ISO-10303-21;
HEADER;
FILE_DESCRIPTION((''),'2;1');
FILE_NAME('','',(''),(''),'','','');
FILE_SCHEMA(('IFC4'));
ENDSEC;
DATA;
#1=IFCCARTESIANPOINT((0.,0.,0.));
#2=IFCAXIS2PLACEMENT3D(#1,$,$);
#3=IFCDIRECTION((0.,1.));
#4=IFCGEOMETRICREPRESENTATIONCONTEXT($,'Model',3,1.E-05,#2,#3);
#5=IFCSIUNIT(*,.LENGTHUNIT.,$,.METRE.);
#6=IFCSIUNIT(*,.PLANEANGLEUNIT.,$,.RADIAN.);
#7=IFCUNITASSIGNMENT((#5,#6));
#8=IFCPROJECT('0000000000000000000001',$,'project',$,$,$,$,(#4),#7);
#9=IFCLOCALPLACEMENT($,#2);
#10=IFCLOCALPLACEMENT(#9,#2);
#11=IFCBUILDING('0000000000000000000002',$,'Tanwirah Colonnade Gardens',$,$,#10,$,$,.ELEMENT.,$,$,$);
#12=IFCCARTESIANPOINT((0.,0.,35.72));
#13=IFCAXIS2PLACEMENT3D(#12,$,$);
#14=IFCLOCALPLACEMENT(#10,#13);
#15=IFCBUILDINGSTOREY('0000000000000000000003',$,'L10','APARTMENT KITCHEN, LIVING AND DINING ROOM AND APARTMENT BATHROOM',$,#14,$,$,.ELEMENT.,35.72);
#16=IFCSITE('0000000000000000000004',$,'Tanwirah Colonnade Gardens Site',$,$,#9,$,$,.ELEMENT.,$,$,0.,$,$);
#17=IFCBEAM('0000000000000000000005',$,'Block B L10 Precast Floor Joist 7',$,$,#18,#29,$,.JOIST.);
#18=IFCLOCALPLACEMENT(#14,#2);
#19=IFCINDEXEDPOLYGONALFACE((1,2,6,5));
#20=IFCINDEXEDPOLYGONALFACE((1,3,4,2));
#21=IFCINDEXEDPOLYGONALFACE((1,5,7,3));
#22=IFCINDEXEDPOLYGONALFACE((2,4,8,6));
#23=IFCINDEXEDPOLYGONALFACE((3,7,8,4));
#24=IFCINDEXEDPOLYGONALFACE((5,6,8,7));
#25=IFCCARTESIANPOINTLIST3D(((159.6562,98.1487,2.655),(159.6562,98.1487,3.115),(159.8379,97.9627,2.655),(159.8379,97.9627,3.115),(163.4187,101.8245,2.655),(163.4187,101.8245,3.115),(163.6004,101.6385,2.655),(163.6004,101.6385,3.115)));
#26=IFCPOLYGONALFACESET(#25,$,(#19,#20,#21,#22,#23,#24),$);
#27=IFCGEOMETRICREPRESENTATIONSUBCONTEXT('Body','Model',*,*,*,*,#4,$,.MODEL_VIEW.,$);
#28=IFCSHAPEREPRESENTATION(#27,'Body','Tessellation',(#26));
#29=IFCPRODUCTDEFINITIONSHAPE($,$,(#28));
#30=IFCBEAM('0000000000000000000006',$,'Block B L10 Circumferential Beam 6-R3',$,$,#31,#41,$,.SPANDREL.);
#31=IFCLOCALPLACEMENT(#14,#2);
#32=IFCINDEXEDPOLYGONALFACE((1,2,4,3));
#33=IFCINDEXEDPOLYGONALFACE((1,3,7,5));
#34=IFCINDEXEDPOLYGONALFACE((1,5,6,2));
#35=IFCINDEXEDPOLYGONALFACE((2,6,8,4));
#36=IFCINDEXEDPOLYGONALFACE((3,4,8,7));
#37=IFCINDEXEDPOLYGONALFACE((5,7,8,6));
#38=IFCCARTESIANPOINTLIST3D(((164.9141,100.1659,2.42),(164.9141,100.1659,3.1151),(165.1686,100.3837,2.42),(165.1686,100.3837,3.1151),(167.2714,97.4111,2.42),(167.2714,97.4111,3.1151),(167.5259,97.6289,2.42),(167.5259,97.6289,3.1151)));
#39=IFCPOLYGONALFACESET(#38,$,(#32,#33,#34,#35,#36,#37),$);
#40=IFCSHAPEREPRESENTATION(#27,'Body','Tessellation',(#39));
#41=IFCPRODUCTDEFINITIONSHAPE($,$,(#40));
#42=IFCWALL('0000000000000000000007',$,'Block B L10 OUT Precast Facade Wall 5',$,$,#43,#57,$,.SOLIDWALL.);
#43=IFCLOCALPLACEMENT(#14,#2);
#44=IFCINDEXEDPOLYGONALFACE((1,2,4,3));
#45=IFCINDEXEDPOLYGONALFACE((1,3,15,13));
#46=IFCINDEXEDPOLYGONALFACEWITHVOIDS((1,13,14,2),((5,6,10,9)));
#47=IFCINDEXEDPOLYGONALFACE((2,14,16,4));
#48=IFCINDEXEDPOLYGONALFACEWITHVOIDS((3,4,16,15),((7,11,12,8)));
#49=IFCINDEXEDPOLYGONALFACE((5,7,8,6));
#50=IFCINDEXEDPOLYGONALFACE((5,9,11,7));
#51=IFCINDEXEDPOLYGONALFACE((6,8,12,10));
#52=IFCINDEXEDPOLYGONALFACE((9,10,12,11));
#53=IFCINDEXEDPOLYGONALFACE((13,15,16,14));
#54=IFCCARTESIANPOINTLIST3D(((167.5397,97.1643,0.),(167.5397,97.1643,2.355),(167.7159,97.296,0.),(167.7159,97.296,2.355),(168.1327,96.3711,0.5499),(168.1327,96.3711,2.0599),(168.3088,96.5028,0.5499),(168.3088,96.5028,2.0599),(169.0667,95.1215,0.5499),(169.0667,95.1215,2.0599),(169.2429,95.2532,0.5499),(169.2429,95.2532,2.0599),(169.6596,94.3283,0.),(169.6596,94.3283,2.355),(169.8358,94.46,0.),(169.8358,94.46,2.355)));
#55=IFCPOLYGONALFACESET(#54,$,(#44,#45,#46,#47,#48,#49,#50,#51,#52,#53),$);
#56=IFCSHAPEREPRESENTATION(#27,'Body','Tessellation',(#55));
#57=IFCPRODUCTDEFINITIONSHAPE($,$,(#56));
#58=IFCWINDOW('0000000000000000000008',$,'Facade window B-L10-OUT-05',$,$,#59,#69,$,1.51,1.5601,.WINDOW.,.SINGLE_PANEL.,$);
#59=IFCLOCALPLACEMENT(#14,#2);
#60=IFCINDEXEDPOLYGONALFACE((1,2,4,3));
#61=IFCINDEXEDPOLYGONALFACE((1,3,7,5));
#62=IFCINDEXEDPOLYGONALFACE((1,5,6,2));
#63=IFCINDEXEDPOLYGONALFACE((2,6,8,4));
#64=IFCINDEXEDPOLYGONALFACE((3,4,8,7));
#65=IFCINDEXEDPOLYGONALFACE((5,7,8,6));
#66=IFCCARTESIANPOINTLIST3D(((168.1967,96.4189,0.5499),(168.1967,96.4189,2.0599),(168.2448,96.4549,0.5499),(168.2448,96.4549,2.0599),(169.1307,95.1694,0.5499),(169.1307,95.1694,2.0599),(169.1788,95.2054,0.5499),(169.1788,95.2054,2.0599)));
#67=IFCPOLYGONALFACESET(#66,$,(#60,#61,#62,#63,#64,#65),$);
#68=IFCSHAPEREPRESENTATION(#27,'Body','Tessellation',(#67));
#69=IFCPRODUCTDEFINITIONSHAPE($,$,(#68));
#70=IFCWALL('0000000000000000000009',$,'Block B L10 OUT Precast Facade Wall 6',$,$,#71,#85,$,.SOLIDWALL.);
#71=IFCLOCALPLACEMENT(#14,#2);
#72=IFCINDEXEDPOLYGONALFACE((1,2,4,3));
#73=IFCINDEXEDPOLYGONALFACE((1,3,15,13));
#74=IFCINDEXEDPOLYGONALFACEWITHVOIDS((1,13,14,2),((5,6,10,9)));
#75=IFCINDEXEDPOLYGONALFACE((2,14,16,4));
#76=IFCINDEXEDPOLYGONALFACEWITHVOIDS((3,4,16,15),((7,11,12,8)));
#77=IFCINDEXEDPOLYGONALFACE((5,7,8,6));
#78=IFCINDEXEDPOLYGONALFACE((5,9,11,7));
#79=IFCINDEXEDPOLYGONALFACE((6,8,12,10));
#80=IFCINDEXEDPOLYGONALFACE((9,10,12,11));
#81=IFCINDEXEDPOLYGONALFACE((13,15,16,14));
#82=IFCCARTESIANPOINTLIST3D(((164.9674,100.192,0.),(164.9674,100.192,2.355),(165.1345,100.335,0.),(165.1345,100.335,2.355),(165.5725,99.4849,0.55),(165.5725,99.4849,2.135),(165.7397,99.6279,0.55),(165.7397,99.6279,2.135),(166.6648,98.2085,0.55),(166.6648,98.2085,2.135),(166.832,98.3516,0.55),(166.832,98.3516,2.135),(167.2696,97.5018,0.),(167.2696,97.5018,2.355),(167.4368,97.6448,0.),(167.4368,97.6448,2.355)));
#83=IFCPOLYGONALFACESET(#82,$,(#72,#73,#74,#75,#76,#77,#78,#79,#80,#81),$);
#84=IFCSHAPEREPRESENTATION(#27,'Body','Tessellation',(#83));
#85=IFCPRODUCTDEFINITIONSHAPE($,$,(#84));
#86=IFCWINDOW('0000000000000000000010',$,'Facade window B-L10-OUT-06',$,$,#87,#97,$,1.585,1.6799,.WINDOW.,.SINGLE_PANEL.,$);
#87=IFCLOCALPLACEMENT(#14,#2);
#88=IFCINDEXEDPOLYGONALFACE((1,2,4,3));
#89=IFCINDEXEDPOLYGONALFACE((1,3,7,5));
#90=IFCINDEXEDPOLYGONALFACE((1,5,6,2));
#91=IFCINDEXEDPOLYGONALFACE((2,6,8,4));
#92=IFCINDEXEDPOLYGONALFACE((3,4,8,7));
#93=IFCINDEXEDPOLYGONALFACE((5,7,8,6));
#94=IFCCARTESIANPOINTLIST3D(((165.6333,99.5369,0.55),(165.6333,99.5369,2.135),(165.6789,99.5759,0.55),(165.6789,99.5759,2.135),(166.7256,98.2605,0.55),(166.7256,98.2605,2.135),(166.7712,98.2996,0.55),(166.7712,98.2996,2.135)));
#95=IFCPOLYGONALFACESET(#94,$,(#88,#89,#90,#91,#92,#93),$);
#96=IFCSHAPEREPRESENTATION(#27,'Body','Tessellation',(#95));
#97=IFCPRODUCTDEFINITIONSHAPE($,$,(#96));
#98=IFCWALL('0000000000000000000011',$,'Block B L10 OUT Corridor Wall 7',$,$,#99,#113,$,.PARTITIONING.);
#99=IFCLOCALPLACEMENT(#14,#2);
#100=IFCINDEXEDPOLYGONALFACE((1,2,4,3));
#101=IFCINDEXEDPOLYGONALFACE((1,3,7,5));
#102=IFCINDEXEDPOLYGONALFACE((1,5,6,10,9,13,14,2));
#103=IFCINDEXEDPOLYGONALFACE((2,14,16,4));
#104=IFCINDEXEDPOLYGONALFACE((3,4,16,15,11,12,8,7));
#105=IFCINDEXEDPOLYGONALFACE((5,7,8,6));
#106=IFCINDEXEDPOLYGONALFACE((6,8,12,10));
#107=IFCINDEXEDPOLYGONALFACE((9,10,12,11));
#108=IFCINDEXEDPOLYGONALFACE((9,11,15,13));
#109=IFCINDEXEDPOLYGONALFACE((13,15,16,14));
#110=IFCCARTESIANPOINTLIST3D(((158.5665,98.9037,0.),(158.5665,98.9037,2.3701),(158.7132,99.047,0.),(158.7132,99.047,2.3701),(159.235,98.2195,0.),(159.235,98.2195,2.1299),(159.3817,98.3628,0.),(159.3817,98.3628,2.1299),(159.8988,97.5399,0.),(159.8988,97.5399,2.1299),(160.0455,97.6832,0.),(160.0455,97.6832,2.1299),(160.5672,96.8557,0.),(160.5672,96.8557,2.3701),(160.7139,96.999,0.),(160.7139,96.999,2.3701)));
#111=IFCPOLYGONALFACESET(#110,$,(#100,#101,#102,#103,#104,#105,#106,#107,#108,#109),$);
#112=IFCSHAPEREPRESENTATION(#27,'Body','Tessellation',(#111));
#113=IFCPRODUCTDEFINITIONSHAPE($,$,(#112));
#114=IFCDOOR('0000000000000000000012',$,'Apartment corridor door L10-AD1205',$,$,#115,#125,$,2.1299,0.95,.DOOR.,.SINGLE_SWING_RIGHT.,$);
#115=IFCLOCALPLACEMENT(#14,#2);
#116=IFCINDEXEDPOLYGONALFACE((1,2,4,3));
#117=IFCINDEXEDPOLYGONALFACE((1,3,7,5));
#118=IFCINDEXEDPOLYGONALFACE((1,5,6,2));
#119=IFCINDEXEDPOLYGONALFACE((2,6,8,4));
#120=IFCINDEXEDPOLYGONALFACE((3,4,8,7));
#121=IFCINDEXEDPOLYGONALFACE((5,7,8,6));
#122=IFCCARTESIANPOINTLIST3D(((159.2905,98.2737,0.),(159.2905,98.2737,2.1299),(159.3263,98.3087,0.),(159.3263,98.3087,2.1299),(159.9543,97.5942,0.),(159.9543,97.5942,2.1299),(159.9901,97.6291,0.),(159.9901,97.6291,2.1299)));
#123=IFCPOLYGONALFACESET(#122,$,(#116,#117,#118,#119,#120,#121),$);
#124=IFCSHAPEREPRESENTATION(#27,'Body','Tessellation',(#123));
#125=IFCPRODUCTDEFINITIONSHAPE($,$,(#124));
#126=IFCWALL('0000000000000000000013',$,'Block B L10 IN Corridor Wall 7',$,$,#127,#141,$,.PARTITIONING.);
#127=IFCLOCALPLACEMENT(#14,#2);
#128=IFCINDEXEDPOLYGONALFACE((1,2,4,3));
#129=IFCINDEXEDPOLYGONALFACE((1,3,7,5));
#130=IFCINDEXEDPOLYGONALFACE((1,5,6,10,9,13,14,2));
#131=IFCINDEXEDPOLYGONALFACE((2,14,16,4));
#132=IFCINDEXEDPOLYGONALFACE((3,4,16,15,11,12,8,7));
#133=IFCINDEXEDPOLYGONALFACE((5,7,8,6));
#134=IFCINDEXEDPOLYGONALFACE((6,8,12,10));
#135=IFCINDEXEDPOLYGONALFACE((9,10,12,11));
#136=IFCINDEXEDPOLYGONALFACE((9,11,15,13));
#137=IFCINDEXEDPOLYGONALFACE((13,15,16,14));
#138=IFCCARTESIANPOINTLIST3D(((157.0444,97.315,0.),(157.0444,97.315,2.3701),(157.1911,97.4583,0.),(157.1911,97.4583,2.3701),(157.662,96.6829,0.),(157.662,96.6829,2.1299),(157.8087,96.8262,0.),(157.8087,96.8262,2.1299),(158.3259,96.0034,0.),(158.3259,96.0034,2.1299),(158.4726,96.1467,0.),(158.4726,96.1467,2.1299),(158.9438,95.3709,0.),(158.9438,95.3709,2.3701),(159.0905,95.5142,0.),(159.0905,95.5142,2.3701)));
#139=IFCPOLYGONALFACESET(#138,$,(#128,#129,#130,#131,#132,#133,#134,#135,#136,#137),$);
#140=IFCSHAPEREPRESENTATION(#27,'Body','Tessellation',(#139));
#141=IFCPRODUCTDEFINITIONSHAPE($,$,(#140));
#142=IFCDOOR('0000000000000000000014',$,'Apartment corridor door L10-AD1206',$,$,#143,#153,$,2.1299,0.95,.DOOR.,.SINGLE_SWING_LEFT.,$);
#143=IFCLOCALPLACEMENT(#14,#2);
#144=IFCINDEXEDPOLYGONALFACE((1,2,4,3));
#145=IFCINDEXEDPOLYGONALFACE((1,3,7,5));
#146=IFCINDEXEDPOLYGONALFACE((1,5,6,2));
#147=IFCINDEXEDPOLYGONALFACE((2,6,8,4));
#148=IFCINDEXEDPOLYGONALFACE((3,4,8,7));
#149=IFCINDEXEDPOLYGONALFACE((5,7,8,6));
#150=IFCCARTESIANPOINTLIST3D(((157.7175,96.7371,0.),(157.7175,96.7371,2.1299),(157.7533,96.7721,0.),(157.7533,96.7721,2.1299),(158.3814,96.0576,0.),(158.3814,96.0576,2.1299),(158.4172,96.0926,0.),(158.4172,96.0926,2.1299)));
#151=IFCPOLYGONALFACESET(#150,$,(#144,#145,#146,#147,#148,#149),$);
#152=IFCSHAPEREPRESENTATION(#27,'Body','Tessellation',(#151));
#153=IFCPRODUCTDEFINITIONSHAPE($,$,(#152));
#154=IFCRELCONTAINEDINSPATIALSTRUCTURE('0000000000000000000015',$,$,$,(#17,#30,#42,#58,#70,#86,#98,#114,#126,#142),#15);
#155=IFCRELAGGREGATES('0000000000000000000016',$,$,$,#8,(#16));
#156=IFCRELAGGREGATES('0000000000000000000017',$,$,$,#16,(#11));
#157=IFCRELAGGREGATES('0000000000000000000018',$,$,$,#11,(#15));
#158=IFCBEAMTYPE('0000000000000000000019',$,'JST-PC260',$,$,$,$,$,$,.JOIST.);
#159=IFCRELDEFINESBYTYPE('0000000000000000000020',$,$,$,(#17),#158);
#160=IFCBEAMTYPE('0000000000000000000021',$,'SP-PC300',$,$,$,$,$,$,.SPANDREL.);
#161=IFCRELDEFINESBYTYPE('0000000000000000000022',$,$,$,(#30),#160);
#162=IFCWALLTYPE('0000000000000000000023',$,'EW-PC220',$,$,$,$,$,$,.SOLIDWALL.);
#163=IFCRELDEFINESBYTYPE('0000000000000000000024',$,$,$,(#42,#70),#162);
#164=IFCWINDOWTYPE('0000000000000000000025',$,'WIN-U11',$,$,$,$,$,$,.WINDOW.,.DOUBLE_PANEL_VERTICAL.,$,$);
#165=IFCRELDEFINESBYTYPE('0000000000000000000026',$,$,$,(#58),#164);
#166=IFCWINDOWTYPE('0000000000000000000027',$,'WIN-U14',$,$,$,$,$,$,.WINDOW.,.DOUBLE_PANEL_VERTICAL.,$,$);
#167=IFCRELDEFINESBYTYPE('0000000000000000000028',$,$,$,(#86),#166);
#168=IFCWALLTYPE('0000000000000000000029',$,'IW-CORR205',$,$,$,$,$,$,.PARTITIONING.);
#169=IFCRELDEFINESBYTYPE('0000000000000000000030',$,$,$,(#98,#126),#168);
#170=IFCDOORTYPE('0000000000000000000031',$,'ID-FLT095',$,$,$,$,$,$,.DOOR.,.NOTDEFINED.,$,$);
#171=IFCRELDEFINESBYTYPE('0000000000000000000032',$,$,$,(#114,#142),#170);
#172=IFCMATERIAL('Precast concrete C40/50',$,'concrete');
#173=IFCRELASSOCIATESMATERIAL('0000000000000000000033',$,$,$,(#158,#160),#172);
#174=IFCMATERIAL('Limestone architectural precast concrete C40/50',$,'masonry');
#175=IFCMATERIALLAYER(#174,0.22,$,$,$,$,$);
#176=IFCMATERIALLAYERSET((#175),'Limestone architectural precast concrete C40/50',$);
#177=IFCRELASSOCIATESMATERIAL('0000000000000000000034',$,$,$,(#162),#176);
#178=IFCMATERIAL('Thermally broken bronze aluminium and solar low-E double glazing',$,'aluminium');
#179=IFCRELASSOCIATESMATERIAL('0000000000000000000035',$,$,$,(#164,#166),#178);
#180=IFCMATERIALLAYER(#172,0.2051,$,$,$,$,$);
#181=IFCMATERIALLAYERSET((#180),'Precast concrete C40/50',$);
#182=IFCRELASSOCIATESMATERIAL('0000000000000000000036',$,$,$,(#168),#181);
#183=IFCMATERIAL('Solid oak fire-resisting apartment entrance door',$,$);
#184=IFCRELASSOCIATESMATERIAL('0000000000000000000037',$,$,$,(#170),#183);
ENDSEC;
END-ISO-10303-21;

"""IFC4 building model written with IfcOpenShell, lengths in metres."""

from ifc_helpers import new_model, si_unit, direction, frame, frame_2d, origin, origin_2d, place, context, subcontext, project, spatial, rectangle, extrude, material, layer, layer_set, material_profile, profile_set, type_object, element, fill, save


model = new_model("IFC4")

# Units and contexts
model_context = context("Model", 3, precision=1e-05, world=origin(), true_north=direction((0.0, 1.0)))
body_context = subcontext(model_context, "Body", "Model", "MODEL_VIEW")
ifc_project = project(units=[si_unit("LENGTHUNIT", "METRE"), si_unit("PLANEANGLEUNIT", "RADIAN")], contexts=[model_context])

# Site, building, storey
site_placement = place(None, origin())
site = spatial("IfcSite", under=ifc_project, at=site_placement, Name="Tanwirah Colonnade Gardens Site", CompositionType="ELEMENT", RefElevation=0.0)
building_placement = place(site_placement, origin())
building = spatial("IfcBuilding", under=site, at=building_placement, Name="Tanwirah Colonnade Gardens", CompositionType="ELEMENT")
storey_placement = place(building_placement, frame((0.0, 0.0, 35.72)))
storey = spatial("IfcBuildingStorey", under=building, at=storey_placement, Name="L10", Description="APARTMENT KITCHEN, LIVING AND DINING ROOM AND APARTMENT BATHROOM", CompositionType="ELEMENT", Elevation=35.72)

# Shared definitions
ifc_material_1 = material(Name="Precast concrete C40/50", Category="concrete")

# Beams
ifc_material_profile_1 = material_profile(ifc_material_1, rectangle(XDim=0.26, YDim=0.46, at=origin_2d()), Name="PC-JST 260x460")
ifc_profile_set_1 = profile_set([ifc_material_profile_1], Name="Precast concrete C40/50")
beam_type_1 = type_object("IfcBeamType", Name="JST-PC260", PredefinedType="JOIST", material=ifc_profile_set_1)
beam_1_placement = place(storey_placement, frame((159.7471, 98.0557, 2.885), z_axis=(0.715297, 0.69882, 0.0), x_axis=(-0.69882, 0.715297, 0.0)))
element("IfcBeam", 1, at=beam_1_placement, inside=storey, type_object=beam_type_1, Name="Block B L10 Precast Floor Joist 7", PredefinedType="JOIST", context=body_context, shape_type="SweptSolid", body=[
    extrude(rectangle(XDim=0.26, YDim=0.46, at=origin_2d()), origin(), (0.0, 0.0, 1.0), 5.26),
])
ifc_material_profile_2 = material_profile(ifc_material_1, rectangle(XDim=0.335, YDim=0.6951, at=origin_2d()), Name="PC-SP 335x695")
ifc_profile_set_2 = profile_set([ifc_material_profile_2], Name="Precast concrete C40/50")
beam_type_2 = type_object("IfcBeamType", Name="SP-PC300", PredefinedType="SPANDREL", material=ifc_profile_set_2)
beam_2_placement = place(storey_placement, frame((167.3987, 97.52, 2.7676), z_axis=(-0.65017, 0.759789, 0.0), x_axis=(-0.759789, -0.65017, 0.0)))
element("IfcBeam", 2, at=beam_2_placement, inside=storey, type_object=beam_type_2, Name="Block B L10 Circumferential Beam 6-R3", PredefinedType="SPANDREL", context=body_context, shape_type="SweptSolid", body=[
    extrude(rectangle(XDim=0.335, YDim=0.6951, at=origin_2d()), origin(), (0.0, 0.0, 1.0), 3.6257),
])

# Walls, openings, windows
ifc_material_2 = material(Name="Limestone architectural precast concrete C40/50", Category="masonry")
ifc_layer_1 = layer(ifc_material_2, 0.22)
ifc_layer_set_1 = layer_set([ifc_layer_1], Name="Limestone architectural precast concrete C40/50")
wall_type_1 = type_object("IfcWallType", Name="EW-PC220", PredefinedType="SOLIDWALL", material=ifc_layer_set_1)
wall_1_placement = place(storey_placement, frame((169.7478, 94.394, 0.0), z_axis=(0.0, 0.0, 1.0), x_axis=(-0.598719, 0.800959, 0.0)))
wall_1 = element("IfcWall", 3, at=wall_1_placement, inside=storey, type_object=wall_type_1, Name="Block B L10 OUT Precast Facade Wall 5", PredefinedType="SOLIDWALL", context=body_context, shape_type="SweptSolid", body=[
    extrude(rectangle(XDim=3.5408, YDim=0.22, at=frame_2d((1.7705, 0.0))), origin(), (0.0, 0.0, 1.0), 2.355),
])
opening_1_placement = place(wall_1_placement, frame((0.9905, 0.0, 0.55)))
opening_1 = element("IfcOpeningElement", 4, at=opening_1_placement, cuts=wall_1, PredefinedType="OPENING", context=body_context, shape_type="SweptSolid", body=[
    extrude(rectangle(XDim=1.5601, YDim=1.51, at=frame_2d((0.78, 0.7549))), frame((0.0, 0.1199, 0.0), z_axis=(0.0, -1.0, 0.0), x_axis=(1.0, 0.0, 0.0)), (0.0, 0.0, 1.0), 0.24),
])
ifc_material_3 = material(Name="Thermally broken bronze aluminium and solar low-E double glazing", Category="aluminium")
window_type_1 = type_object("IfcWindowType", Name="WIN-U11", PartitioningType="DOUBLE_PANEL_VERTICAL", PredefinedType="WINDOW", material=ifc_material_3)
window_1_placement = place(opening_1_placement, origin())
window_1 = element("IfcWindow", 5, at=window_1_placement, inside=storey, type_object=window_type_1, Name="Facade window B-L10-OUT-05", OverallHeight=1.51, OverallWidth=1.5601, PartitioningType="SINGLE_PANEL", PredefinedType="WINDOW", context=body_context, shape_type="SweptSolid", body=[
    extrude(rectangle(XDim=1.5601, YDim=1.51, at=frame_2d((0.78, 0.7549))), frame((0.0, 0.03, 0.0), z_axis=(0.0, -1.0, 0.0), x_axis=(1.0, 0.0, 0.0)), (0.0, 0.0, 1.0), 0.0601),
])
fill(opening_1, window_1)
wall_2_placement = place(storey_placement, frame((167.3533, 97.5732, 0.0), z_axis=(0.0, 0.0, 1.0), x_axis=(-0.650201, 0.759763, 0.0)))
wall_2 = element("IfcWall", 6, at=wall_2_placement, inside=storey, type_object=wall_type_1, Name="Block B L10 OUT Precast Facade Wall 6", PredefinedType="SOLIDWALL", context=body_context, shape_type="SweptSolid", body=[
    extrude(rectangle(XDim=3.5408, YDim=0.22, at=frame_2d((1.7705, 0.0))), origin(), (0.0, 0.0, 1.0), 2.355),
])
opening_2_placement = place(wall_2_placement, frame((0.9304, 0.0, 0.55)))
opening_2 = element("IfcOpeningElement", 7, at=opening_2_placement, cuts=wall_2, PredefinedType="OPENING", context=body_context, shape_type="SweptSolid", body=[
    extrude(rectangle(XDim=1.6799, YDim=1.585, at=frame_2d((0.8398, 0.7925))), frame((0.0, 0.1199, 0.0), z_axis=(0.0, -1.0, 0.0), x_axis=(1.0, 0.0, 0.0)), (0.0, 0.0, 1.0), 0.24),
])
window_type_2 = type_object("IfcWindowType", Name="WIN-U14", PartitioningType="DOUBLE_PANEL_VERTICAL", PredefinedType="WINDOW", material=ifc_material_3)
window_2_placement = place(opening_2_placement, origin())
window_2 = element("IfcWindow", 8, at=window_2_placement, inside=storey, type_object=window_type_2, Name="Facade window B-L10-OUT-06", OverallHeight=1.585, OverallWidth=1.6799, PartitioningType="SINGLE_PANEL", PredefinedType="WINDOW", context=body_context, shape_type="SweptSolid", body=[
    extrude(rectangle(XDim=1.6799, YDim=1.585, at=frame_2d((0.8398, 0.7925))), frame((0.0, 0.03, 0.0), z_axis=(0.0, -1.0, 0.0), x_axis=(1.0, 0.0, 0.0)), (0.0, 0.0, 1.0), 0.0601),
])
fill(opening_2, window_2)

# Walls, openings, doors
ifc_layer_2 = layer(ifc_material_1, 0.2051)
ifc_layer_set_2 = layer_set([ifc_layer_2], Name="Precast concrete C40/50")
wall_type_2 = type_object("IfcWallType", Name="IW-CORR205", PredefinedType="PARTITIONING", material=ifc_layer_set_2)
wall_3_placement = place(storey_placement, frame((160.6406, 96.9272, 0.0), z_axis=(0.0, 0.0, 1.0), x_axis=(-0.698787, 0.71533, 0.0)))
wall_3 = element("IfcWall", 9, at=wall_3_placement, inside=storey, type_object=wall_type_2, Name="Block B L10 OUT Corridor Wall 7", PredefinedType="PARTITIONING", context=body_context, shape_type="SweptSolid", body=[
    extrude(rectangle(XDim=2.863, YDim=0.2051, at=frame_2d((1.4316, 0.0))), origin(), (0.0, 0.0, 1.0), 2.3701),
])
opening_3_placement = place(wall_3_placement, frame((0.9565, 0.0, 0.0)))
opening_3 = element("IfcOpeningElement", 10, at=opening_3_placement, cuts=wall_3, PredefinedType="OPENING", context=body_context, shape_type="SweptSolid", body=[
    extrude(rectangle(XDim=0.95, YDim=2.1299, at=frame_2d((0.4751, 1.0649))), frame((0.0, 0.1125, 0.0), z_axis=(0.0, -1.0, 0.0), x_axis=(1.0, 0.0, 0.0)), (0.0, 0.0, 1.0), 0.2251),
])
ifc_material_4 = material(Name="Solid oak fire-resisting apartment entrance door")
door_type_1 = type_object("IfcDoorType", Name="ID-FLT095", OperationType="NOTDEFINED", PredefinedType="DOOR", material=ifc_material_4)
door_1_placement = place(opening_3_placement, origin())
door_1 = element("IfcDoor", 11, at=door_1_placement, inside=storey, type_object=door_type_1, Name="Apartment corridor door L10-AD1205", OperationType="SINGLE_SWING_RIGHT", OverallHeight=2.1299, OverallWidth=0.95, PredefinedType="DOOR", context=body_context, shape_type="SweptSolid", body=[
    extrude(rectangle(XDim=0.95, YDim=2.1299, at=frame_2d((0.4751, 1.0649))), frame((0.0, 0.0249, 0.0), z_axis=(0.0, -1.0, 0.0), x_axis=(1.0, 0.0, 0.0)), (0.0, 0.0, 1.0), 0.05),
])
fill(opening_3, door_1)
wall_4_placement = place(storey_placement, frame((159.0171, 95.4426, 0.0), z_axis=(0.0, 0.0, 1.0), x_axis=(-0.69884, 0.715278, 0.0)))
wall_4 = element("IfcWall", 12, at=wall_4_placement, inside=storey, type_object=wall_type_2, Name="Block B L10 IN Corridor Wall 7", PredefinedType="PARTITIONING", context=body_context, shape_type="SweptSolid", body=[
    extrude(rectangle(XDim=2.718, YDim=0.2051, at=frame_2d((1.3589, 0.0))), origin(), (0.0, 0.0, 1.0), 2.3701),
])
opening_4_placement = place(wall_4_placement, frame((0.884, 0.0, 0.0)))
opening_4 = element("IfcOpeningElement", 13, at=opening_4_placement, cuts=wall_4, PredefinedType="OPENING", context=body_context, shape_type="SweptSolid", body=[
    extrude(rectangle(XDim=0.95, YDim=2.1299, at=frame_2d((0.4751, 1.0649))), frame((0.0, 0.1125, 0.0), z_axis=(0.0, -1.0, 0.0), x_axis=(1.0, 0.0, 0.0)), (0.0, 0.0, 1.0), 0.2251),
])
door_2_placement = place(opening_4_placement, origin())
door_2 = element("IfcDoor", 14, at=door_2_placement, inside=storey, type_object=door_type_1, Name="Apartment corridor door L10-AD1206", OperationType="SINGLE_SWING_LEFT", OverallHeight=2.1299, OverallWidth=0.95, PredefinedType="DOOR", context=body_context, shape_type="SweptSolid", body=[
    extrude(rectangle(XDim=0.95, YDim=2.1299, at=frame_2d((0.4751, 1.0649))), frame((0.0, 0.0249, 0.0), z_axis=(0.0, -1.0, 0.0), x_axis=(1.0, 0.0, 0.0)), (0.0, 0.0, 1.0), 0.05),
])
fill(opening_4, door_2)

save(model, "model.ifc")
